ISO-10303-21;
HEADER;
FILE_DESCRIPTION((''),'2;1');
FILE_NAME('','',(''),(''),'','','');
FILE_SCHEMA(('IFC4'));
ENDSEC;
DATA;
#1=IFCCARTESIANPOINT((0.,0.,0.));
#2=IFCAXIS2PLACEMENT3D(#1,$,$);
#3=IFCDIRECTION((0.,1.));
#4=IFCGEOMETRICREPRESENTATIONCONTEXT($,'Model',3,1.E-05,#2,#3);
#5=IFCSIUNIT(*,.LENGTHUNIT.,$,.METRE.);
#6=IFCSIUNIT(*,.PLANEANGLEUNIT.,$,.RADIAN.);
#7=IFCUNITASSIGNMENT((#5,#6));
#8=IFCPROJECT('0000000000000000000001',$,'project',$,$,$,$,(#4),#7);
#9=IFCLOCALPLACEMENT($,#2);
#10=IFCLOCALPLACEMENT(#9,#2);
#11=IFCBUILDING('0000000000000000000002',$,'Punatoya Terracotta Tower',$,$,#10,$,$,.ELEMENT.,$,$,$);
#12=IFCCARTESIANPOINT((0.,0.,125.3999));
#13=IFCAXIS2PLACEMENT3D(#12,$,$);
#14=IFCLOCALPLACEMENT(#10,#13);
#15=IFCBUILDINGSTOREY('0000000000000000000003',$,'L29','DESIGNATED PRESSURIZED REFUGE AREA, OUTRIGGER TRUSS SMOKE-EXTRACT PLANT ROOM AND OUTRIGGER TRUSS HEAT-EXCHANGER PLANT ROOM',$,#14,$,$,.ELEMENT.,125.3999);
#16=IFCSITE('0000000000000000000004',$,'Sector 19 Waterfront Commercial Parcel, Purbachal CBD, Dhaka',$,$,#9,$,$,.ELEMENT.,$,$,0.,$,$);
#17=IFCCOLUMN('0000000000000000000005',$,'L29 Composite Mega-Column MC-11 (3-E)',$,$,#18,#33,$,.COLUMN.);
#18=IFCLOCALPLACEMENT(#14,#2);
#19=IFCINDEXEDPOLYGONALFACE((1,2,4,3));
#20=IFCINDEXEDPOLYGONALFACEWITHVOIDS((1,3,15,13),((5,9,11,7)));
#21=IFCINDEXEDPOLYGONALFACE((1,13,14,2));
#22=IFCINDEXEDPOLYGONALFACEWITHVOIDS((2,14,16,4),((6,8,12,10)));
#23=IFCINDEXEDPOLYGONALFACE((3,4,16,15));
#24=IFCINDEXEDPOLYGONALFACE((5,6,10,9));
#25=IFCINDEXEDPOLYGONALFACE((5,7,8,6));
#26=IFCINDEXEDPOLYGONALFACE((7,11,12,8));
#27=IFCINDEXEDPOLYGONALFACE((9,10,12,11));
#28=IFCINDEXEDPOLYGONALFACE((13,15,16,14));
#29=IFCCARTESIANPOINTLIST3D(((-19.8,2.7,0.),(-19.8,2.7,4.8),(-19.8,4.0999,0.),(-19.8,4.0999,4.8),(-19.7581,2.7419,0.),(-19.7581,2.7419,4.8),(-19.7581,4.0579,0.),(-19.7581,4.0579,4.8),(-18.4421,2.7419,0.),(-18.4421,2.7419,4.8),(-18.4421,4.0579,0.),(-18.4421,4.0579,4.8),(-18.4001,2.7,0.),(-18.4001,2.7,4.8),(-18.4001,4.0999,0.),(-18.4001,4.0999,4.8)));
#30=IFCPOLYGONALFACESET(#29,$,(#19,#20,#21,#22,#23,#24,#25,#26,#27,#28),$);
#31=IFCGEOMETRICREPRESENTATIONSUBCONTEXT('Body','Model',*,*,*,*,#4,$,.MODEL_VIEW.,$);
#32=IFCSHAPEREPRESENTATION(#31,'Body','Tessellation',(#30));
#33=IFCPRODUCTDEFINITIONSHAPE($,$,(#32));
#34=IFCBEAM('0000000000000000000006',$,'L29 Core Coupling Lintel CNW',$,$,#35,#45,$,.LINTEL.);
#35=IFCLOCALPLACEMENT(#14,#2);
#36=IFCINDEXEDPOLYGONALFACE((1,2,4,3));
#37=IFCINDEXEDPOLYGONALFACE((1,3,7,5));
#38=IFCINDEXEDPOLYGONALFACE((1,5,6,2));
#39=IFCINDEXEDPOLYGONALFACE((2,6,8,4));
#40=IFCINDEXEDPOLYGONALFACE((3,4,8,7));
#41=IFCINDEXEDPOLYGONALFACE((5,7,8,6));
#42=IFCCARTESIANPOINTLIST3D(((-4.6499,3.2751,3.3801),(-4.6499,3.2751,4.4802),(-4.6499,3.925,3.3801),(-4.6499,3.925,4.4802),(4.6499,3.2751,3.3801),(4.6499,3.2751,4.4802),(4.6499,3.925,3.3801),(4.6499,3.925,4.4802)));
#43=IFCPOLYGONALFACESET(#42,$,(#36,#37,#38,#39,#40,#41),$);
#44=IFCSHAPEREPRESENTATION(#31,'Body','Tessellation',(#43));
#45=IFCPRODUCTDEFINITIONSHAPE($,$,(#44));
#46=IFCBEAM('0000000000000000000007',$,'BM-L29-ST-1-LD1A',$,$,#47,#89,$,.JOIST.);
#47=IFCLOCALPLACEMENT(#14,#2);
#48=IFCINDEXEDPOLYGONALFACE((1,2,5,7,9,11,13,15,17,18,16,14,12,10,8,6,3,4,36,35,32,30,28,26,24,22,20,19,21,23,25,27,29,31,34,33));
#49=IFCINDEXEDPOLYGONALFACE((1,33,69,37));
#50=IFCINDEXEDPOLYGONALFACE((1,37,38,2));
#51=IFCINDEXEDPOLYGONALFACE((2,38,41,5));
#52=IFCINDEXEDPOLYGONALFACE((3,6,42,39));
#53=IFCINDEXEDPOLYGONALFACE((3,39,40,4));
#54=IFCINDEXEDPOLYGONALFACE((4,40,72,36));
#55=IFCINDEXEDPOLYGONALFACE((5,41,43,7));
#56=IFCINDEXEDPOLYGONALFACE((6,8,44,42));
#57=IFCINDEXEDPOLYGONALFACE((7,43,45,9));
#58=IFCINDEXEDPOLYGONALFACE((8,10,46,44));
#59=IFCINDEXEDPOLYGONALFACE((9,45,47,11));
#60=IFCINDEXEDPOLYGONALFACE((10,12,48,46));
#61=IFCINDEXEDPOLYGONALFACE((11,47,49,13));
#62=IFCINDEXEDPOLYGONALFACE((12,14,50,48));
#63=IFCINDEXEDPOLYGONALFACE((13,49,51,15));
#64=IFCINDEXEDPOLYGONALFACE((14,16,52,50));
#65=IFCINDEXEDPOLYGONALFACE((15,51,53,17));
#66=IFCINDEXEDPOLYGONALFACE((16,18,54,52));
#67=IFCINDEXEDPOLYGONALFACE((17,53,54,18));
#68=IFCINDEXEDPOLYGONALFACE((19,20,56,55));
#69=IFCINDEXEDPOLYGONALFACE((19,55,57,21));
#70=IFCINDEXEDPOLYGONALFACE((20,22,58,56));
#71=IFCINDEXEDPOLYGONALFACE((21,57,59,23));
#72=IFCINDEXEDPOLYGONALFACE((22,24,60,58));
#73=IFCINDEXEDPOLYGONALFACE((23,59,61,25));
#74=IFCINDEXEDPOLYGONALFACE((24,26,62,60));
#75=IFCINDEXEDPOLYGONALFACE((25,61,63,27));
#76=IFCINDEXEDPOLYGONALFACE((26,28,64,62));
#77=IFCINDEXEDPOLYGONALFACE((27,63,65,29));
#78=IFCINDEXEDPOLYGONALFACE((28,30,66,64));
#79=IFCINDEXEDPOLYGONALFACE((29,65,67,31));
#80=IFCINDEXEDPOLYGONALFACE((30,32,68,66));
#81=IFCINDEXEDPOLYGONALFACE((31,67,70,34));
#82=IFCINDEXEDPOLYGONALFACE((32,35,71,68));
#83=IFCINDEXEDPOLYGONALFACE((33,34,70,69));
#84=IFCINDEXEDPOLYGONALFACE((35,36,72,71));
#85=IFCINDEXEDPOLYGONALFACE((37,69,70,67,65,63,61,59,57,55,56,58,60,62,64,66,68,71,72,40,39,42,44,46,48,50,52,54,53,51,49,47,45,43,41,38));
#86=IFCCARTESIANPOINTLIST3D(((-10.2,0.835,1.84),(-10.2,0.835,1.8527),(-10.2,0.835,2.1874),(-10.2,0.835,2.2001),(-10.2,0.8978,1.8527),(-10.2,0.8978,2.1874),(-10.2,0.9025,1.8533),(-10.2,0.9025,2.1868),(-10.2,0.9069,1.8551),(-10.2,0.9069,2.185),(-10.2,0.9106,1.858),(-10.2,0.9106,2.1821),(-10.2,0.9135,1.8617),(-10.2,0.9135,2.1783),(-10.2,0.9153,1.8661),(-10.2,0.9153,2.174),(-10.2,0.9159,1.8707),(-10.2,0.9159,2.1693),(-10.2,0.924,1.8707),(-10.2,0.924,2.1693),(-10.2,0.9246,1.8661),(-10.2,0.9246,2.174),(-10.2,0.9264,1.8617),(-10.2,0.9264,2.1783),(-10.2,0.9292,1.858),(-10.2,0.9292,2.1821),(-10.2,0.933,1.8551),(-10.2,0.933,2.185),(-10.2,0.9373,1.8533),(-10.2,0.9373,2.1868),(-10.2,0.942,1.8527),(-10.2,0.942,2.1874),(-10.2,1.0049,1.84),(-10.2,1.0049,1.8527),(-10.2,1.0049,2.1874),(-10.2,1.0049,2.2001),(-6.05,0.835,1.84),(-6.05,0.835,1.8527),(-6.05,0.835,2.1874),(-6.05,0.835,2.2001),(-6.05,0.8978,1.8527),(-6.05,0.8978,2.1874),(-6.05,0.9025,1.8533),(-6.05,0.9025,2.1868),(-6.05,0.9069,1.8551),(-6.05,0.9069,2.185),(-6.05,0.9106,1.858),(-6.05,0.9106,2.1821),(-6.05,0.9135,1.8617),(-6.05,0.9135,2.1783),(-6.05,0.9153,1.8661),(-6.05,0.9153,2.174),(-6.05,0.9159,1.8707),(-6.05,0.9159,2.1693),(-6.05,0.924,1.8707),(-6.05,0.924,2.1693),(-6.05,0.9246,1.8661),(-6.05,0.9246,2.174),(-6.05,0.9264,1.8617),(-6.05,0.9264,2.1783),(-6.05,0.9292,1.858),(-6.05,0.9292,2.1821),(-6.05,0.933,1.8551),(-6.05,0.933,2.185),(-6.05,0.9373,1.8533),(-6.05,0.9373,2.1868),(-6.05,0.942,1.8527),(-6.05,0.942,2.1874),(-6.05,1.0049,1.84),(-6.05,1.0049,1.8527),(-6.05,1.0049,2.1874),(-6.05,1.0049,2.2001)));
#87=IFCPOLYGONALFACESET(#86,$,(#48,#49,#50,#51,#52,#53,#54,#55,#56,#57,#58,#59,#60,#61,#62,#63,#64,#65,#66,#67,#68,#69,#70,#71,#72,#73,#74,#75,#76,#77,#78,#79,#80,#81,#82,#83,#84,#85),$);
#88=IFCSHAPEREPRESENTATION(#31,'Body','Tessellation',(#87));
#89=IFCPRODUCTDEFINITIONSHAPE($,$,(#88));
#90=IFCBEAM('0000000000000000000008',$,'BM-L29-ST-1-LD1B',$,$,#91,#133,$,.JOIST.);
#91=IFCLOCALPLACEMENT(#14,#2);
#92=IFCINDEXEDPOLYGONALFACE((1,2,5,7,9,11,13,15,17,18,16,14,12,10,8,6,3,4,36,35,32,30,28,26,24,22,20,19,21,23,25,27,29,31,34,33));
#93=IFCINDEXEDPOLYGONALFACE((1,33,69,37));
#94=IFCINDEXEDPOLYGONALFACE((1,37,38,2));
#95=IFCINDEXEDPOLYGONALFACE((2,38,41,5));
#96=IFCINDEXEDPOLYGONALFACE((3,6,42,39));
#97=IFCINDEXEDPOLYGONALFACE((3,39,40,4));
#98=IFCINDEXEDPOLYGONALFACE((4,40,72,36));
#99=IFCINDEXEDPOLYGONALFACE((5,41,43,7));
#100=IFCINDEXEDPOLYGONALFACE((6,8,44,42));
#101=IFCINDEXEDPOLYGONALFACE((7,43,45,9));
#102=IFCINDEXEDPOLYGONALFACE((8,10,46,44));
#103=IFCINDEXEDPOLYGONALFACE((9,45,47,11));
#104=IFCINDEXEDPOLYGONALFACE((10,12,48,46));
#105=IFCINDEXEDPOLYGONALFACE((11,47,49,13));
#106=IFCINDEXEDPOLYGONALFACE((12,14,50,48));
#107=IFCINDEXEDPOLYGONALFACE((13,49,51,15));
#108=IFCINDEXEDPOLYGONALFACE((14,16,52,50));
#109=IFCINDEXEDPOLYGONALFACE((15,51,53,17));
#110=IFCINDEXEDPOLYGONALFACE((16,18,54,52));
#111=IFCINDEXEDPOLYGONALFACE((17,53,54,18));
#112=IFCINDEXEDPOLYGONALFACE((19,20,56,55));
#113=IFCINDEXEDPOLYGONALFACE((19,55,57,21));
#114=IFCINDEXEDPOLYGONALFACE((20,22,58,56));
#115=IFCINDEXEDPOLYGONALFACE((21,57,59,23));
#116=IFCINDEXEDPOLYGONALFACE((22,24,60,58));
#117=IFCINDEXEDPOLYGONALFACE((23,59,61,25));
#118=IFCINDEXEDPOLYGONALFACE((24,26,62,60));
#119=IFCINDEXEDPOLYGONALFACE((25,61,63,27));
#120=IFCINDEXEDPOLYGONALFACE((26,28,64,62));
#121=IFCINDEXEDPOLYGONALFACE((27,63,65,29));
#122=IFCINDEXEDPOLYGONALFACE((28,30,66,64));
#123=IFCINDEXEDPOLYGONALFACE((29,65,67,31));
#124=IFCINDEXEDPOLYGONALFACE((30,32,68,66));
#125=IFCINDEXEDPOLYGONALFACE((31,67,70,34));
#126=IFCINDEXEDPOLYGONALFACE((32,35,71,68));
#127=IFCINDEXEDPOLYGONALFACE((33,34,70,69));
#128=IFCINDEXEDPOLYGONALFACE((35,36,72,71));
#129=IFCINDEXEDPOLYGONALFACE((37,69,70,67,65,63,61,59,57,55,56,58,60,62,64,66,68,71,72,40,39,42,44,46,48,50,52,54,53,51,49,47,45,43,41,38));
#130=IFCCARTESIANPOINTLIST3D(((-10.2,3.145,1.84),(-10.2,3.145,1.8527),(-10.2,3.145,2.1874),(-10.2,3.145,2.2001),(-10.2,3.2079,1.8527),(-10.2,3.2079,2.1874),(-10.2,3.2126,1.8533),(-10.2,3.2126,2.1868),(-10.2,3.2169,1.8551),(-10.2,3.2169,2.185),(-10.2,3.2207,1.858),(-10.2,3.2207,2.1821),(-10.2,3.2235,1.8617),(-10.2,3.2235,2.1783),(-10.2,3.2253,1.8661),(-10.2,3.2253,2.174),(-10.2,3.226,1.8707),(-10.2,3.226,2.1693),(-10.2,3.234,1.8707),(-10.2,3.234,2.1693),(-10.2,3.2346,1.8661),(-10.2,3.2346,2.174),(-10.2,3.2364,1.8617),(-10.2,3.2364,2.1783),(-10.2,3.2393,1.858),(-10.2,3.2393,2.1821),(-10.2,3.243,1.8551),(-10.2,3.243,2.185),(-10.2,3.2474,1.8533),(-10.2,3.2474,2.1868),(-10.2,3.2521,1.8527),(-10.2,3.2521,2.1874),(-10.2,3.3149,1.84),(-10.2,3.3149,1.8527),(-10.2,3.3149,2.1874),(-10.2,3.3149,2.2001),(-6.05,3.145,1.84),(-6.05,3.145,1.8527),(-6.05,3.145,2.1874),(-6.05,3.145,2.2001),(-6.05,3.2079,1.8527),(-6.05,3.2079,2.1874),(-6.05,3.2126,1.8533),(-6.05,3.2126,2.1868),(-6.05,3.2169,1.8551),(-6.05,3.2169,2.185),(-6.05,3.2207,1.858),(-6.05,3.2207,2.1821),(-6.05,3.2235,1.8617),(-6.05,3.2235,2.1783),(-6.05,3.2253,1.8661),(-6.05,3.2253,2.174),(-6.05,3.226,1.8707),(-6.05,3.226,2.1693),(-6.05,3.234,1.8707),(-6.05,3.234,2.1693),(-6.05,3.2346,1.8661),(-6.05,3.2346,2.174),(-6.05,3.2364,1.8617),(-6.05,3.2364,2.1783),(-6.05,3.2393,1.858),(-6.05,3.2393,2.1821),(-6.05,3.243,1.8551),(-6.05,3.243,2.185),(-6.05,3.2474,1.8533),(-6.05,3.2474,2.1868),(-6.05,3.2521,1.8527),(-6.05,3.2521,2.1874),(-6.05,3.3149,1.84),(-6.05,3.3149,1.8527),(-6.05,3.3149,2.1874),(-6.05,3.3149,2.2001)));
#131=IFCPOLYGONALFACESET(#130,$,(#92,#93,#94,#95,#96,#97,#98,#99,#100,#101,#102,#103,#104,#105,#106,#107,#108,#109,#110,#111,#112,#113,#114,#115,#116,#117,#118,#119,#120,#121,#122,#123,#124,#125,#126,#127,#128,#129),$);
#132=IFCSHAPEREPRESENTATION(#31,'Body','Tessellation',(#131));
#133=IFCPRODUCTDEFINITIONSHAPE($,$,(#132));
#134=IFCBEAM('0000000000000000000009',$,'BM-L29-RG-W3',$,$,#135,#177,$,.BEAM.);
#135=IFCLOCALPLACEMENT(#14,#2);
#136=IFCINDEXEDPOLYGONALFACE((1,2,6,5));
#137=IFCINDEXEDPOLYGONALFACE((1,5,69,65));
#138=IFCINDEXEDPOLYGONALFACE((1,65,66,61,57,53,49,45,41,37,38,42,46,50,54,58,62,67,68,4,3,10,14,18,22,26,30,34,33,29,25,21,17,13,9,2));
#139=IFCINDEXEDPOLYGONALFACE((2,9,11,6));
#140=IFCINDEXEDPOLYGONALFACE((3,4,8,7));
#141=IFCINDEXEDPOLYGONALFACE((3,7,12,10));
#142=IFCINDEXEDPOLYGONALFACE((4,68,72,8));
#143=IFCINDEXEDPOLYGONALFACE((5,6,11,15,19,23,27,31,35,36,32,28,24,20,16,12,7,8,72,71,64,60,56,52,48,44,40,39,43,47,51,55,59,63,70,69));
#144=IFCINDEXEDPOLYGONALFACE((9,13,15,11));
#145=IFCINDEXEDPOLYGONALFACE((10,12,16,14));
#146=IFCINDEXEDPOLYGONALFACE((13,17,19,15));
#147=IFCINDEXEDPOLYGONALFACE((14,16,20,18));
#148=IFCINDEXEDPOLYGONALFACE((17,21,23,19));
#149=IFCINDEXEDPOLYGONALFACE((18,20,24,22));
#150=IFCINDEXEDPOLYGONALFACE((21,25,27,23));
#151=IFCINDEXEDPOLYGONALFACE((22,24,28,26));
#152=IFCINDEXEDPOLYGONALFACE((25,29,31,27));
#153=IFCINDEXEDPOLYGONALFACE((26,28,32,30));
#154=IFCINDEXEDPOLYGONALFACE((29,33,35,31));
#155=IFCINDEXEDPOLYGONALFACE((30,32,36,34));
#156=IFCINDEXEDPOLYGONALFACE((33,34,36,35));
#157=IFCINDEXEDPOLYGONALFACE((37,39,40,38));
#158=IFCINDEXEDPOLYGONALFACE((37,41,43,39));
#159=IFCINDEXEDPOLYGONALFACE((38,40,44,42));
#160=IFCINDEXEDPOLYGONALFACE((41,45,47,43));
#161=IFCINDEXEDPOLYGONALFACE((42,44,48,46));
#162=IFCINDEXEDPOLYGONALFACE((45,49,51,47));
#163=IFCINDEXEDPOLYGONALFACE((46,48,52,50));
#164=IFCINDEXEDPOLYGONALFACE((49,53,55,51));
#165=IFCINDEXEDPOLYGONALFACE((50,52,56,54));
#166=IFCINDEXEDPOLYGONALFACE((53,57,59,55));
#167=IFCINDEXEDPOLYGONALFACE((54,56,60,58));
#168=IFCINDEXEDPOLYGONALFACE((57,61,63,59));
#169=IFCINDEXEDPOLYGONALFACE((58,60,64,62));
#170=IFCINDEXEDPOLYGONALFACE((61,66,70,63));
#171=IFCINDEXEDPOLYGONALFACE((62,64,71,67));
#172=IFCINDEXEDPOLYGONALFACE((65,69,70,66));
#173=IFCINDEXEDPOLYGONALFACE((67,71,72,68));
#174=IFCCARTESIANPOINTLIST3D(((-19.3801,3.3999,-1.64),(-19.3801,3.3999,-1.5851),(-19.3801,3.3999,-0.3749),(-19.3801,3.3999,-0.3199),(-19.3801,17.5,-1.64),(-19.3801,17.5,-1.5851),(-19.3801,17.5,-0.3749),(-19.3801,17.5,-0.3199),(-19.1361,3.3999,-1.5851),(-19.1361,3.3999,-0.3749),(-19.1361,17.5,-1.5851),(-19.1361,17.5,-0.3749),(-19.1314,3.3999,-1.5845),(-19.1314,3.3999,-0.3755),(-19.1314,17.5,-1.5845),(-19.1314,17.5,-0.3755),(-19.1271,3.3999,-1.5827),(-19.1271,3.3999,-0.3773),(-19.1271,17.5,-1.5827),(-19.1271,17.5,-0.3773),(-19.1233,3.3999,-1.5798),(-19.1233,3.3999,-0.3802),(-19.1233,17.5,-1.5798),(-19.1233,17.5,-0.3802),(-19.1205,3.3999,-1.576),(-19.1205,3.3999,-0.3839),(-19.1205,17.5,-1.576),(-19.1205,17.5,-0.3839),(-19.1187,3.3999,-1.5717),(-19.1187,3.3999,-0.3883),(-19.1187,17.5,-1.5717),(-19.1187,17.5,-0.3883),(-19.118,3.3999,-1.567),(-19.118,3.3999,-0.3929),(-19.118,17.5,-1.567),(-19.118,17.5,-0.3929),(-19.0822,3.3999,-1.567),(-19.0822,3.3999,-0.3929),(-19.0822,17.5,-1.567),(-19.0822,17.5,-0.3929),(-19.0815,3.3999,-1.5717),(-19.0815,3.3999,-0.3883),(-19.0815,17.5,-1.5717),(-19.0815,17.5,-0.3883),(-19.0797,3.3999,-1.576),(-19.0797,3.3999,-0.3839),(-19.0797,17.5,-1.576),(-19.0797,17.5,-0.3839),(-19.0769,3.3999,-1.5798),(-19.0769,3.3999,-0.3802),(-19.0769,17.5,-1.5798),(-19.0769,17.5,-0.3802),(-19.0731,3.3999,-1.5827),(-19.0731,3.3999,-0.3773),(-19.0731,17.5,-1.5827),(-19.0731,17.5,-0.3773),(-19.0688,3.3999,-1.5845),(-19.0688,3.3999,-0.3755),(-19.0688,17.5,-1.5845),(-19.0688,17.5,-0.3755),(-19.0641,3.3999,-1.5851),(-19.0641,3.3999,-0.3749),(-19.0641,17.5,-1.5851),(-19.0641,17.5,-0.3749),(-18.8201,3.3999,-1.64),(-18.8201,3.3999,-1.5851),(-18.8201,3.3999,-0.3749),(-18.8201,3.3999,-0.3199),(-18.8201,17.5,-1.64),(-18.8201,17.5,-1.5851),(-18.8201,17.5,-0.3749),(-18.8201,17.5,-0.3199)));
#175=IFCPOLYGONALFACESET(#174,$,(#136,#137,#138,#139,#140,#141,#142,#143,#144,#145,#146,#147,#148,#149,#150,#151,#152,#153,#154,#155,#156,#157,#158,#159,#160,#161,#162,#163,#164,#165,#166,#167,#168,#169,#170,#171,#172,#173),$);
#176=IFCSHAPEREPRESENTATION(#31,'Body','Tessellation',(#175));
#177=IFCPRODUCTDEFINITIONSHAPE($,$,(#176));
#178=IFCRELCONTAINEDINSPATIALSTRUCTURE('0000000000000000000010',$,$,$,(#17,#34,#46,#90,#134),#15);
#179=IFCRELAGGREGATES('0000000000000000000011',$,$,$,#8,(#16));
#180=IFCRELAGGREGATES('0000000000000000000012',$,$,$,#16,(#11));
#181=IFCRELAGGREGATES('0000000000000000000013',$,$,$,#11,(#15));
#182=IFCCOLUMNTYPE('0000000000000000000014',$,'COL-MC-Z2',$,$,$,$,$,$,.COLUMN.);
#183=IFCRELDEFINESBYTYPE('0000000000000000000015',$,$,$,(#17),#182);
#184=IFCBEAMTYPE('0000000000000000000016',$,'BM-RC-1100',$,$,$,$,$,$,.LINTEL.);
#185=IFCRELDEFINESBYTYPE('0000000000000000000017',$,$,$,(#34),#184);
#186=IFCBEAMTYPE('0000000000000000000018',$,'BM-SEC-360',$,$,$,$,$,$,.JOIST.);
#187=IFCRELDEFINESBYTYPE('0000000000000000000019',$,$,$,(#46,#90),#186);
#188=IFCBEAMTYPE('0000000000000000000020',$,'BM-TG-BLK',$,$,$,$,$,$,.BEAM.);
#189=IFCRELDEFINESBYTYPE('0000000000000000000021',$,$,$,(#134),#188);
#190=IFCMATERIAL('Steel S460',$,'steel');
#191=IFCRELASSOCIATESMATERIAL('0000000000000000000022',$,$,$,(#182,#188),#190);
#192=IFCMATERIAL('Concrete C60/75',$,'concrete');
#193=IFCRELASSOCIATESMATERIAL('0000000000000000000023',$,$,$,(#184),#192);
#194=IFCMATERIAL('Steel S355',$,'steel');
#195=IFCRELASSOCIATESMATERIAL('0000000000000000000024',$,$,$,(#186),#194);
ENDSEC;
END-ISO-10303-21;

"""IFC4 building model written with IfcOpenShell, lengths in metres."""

from ifc_helpers import new_model, si_unit, direction, frame, origin, origin_2d, place, context, subcontext, project, spatial, rectangle, hollow_rectangle, i_section, extrude, material, material_profile, profile_set, type_object, element, save


model = new_model("IFC4")

# Units and contexts
model_context = context("Model", 3, precision=1e-05, world=origin(), true_north=direction((0.0, 1.0)))
body_context = subcontext(model_context, "Body", "Model", "MODEL_VIEW")
ifc_project = project(units=[si_unit("LENGTHUNIT", "METRE"), si_unit("PLANEANGLEUNIT", "RADIAN")], contexts=[model_context])

# Site, building, storey
site_placement = place(None, origin())
site = spatial("IfcSite", under=ifc_project, at=site_placement, Name="Sector 19 Waterfront Commercial Parcel, Purbachal CBD, Dhaka", CompositionType="ELEMENT", RefElevation=0.0)
building_placement = place(site_placement, origin())
building = spatial("IfcBuilding", under=site, at=building_placement, Name="Punatoya Terracotta Tower", CompositionType="ELEMENT")
storey_placement = place(building_placement, frame((0.0, 0.0, 125.3999)))
storey = spatial("IfcBuildingStorey", under=building, at=storey_placement, Name="L29", Description="DESIGNATED PRESSURIZED REFUGE AREA, OUTRIGGER TRUSS SMOKE-EXTRACT PLANT ROOM AND OUTRIGGER TRUSS HEAT-EXCHANGER PLANT ROOM", CompositionType="ELEMENT", Elevation=125.3999)

# Column
ifc_material_1 = material(Name="Steel S460", Category="steel")
ifc_material_profile_1 = material_profile(ifc_material_1, hollow_rectangle(XDim=1.3999, YDim=1.3999, WallThickness=0.042, at=origin_2d()))
ifc_profile_set_1 = profile_set([ifc_material_profile_1], Name="Steel S460")
column_type = type_object("IfcColumnType", Name="COL-MC-Z2", PredefinedType="COLUMN", material=ifc_profile_set_1)
column_placement = place(storey_placement, frame((-19.1001, 3.3999, 0.0), z_axis=(0.0, 0.0, 1.0), x_axis=(1.0, 0.0, 0.0)))
element("IfcColumn", 1, at=column_placement, inside=storey, type_object=column_type, Name="L29 Composite Mega-Column MC-11 (3-E)", PredefinedType="COLUMN", context=body_context, shape_type="SweptSolid", body=[
    extrude(hollow_rectangle(XDim=1.3999, YDim=1.3999, WallThickness=0.042, at=origin_2d()), origin(), (0.0, 0.0, 1.0), 4.8),
])

# Beams
ifc_material_2 = material(Name="Concrete C60/75", Category="concrete")
ifc_material_profile_2 = material_profile(ifc_material_2, rectangle(XDim=0.6499, YDim=1.1001, at=origin_2d()))
ifc_profile_set_2 = profile_set([ifc_material_profile_2], Name="Concrete C60/75")
beam_type_1 = type_object("IfcBeamType", Name="BM-RC-1100", PredefinedType="LINTEL", material=ifc_profile_set_2)
beam_1_placement = place(storey_placement, frame((-4.6499, 3.6001, 3.9302), z_axis=(1.0, 0.0, 0.0), x_axis=(0.0, 1.0, 0.0)))
element("IfcBeam", 2, at=beam_1_placement, inside=storey, type_object=beam_type_1, Name="L29 Core Coupling Lintel CNW", PredefinedType="LINTEL", context=body_context, shape_type="SweptSolid", body=[
    extrude(rectangle(XDim=0.6499, YDim=1.1001, at=origin_2d()), origin(), (0.0, 0.0, 1.0), 9.2998),
])
ifc_material_3 = material(Name="Steel S355", Category="steel")
ifc_material_profile_3 = material_profile(ifc_material_3, i_section(OverallWidth=0.1699, OverallDepth=0.3601, WebThickness=0.0081, FlangeThickness=0.0127, FilletRadius=0.0181, at=origin_2d()))
ifc_profile_set_3 = profile_set([ifc_material_profile_3], Name="Steel S355")
beam_type_2 = type_object("IfcBeamType", Name="BM-SEC-360", PredefinedType="JOIST", material=ifc_profile_set_3)
for number, where, z_axis, x_axis, name in (
    (3, (-10.2, 0.9199, 2.02), (1.0, 0.0, 0.0), (0.0, 1.0, 0.0), "BM-L29-ST-1-LD1A"),
    (4, (-10.2, 3.23, 2.02), (1.0, 0.0, 0.0), (0.0, 1.0, 0.0), "BM-L29-ST-1-LD1B"),
):
    element("IfcBeam", number, at=place(storey_placement, frame(where, z_axis=z_axis, x_axis=x_axis)), inside=storey, type_object=beam_type_2, Name=name, PredefinedType="JOIST", context=body_context, shape_type="SweptSolid", body=[
        extrude(i_section(OverallWidth=0.1699, OverallDepth=0.3601, WebThickness=0.0081, FlangeThickness=0.0127, FilletRadius=0.0181, at=origin_2d()), origin(), (0.0, 0.0, 1.0), 4.1499),
    ])
ifc_material_profile_4 = material_profile(ifc_material_1, i_section(OverallWidth=0.5601, OverallDepth=1.3201, WebThickness=0.0359, FlangeThickness=0.0549, FilletRadius=0.0181, at=origin_2d()))
ifc_profile_set_4 = profile_set([ifc_material_profile_4], Name="Steel S460")
beam_type_3 = type_object("IfcBeamType", Name="BM-TG-BLK", PredefinedType="BEAM", material=ifc_profile_set_4)
beam_2_placement = place(storey_placement, frame((-19.1001, 3.3999, -0.98), z_axis=(0.0, 1.0, 0.0), x_axis=(-1.0, 0.0, 0.0)))
element("IfcBeam", 5, at=beam_2_placement, inside=storey, type_object=beam_type_3, Name="BM-L29-RG-W3", PredefinedType="BEAM", context=body_context, shape_type="SweptSolid", body=[
    extrude(i_section(OverallWidth=0.5601, OverallDepth=1.3201, WebThickness=0.0359, FlangeThickness=0.0549, FilletRadius=0.0181, at=origin_2d()), origin(), (0.0, 0.0, 1.0), 14.1001),
])

save(model, "model.ifc")
